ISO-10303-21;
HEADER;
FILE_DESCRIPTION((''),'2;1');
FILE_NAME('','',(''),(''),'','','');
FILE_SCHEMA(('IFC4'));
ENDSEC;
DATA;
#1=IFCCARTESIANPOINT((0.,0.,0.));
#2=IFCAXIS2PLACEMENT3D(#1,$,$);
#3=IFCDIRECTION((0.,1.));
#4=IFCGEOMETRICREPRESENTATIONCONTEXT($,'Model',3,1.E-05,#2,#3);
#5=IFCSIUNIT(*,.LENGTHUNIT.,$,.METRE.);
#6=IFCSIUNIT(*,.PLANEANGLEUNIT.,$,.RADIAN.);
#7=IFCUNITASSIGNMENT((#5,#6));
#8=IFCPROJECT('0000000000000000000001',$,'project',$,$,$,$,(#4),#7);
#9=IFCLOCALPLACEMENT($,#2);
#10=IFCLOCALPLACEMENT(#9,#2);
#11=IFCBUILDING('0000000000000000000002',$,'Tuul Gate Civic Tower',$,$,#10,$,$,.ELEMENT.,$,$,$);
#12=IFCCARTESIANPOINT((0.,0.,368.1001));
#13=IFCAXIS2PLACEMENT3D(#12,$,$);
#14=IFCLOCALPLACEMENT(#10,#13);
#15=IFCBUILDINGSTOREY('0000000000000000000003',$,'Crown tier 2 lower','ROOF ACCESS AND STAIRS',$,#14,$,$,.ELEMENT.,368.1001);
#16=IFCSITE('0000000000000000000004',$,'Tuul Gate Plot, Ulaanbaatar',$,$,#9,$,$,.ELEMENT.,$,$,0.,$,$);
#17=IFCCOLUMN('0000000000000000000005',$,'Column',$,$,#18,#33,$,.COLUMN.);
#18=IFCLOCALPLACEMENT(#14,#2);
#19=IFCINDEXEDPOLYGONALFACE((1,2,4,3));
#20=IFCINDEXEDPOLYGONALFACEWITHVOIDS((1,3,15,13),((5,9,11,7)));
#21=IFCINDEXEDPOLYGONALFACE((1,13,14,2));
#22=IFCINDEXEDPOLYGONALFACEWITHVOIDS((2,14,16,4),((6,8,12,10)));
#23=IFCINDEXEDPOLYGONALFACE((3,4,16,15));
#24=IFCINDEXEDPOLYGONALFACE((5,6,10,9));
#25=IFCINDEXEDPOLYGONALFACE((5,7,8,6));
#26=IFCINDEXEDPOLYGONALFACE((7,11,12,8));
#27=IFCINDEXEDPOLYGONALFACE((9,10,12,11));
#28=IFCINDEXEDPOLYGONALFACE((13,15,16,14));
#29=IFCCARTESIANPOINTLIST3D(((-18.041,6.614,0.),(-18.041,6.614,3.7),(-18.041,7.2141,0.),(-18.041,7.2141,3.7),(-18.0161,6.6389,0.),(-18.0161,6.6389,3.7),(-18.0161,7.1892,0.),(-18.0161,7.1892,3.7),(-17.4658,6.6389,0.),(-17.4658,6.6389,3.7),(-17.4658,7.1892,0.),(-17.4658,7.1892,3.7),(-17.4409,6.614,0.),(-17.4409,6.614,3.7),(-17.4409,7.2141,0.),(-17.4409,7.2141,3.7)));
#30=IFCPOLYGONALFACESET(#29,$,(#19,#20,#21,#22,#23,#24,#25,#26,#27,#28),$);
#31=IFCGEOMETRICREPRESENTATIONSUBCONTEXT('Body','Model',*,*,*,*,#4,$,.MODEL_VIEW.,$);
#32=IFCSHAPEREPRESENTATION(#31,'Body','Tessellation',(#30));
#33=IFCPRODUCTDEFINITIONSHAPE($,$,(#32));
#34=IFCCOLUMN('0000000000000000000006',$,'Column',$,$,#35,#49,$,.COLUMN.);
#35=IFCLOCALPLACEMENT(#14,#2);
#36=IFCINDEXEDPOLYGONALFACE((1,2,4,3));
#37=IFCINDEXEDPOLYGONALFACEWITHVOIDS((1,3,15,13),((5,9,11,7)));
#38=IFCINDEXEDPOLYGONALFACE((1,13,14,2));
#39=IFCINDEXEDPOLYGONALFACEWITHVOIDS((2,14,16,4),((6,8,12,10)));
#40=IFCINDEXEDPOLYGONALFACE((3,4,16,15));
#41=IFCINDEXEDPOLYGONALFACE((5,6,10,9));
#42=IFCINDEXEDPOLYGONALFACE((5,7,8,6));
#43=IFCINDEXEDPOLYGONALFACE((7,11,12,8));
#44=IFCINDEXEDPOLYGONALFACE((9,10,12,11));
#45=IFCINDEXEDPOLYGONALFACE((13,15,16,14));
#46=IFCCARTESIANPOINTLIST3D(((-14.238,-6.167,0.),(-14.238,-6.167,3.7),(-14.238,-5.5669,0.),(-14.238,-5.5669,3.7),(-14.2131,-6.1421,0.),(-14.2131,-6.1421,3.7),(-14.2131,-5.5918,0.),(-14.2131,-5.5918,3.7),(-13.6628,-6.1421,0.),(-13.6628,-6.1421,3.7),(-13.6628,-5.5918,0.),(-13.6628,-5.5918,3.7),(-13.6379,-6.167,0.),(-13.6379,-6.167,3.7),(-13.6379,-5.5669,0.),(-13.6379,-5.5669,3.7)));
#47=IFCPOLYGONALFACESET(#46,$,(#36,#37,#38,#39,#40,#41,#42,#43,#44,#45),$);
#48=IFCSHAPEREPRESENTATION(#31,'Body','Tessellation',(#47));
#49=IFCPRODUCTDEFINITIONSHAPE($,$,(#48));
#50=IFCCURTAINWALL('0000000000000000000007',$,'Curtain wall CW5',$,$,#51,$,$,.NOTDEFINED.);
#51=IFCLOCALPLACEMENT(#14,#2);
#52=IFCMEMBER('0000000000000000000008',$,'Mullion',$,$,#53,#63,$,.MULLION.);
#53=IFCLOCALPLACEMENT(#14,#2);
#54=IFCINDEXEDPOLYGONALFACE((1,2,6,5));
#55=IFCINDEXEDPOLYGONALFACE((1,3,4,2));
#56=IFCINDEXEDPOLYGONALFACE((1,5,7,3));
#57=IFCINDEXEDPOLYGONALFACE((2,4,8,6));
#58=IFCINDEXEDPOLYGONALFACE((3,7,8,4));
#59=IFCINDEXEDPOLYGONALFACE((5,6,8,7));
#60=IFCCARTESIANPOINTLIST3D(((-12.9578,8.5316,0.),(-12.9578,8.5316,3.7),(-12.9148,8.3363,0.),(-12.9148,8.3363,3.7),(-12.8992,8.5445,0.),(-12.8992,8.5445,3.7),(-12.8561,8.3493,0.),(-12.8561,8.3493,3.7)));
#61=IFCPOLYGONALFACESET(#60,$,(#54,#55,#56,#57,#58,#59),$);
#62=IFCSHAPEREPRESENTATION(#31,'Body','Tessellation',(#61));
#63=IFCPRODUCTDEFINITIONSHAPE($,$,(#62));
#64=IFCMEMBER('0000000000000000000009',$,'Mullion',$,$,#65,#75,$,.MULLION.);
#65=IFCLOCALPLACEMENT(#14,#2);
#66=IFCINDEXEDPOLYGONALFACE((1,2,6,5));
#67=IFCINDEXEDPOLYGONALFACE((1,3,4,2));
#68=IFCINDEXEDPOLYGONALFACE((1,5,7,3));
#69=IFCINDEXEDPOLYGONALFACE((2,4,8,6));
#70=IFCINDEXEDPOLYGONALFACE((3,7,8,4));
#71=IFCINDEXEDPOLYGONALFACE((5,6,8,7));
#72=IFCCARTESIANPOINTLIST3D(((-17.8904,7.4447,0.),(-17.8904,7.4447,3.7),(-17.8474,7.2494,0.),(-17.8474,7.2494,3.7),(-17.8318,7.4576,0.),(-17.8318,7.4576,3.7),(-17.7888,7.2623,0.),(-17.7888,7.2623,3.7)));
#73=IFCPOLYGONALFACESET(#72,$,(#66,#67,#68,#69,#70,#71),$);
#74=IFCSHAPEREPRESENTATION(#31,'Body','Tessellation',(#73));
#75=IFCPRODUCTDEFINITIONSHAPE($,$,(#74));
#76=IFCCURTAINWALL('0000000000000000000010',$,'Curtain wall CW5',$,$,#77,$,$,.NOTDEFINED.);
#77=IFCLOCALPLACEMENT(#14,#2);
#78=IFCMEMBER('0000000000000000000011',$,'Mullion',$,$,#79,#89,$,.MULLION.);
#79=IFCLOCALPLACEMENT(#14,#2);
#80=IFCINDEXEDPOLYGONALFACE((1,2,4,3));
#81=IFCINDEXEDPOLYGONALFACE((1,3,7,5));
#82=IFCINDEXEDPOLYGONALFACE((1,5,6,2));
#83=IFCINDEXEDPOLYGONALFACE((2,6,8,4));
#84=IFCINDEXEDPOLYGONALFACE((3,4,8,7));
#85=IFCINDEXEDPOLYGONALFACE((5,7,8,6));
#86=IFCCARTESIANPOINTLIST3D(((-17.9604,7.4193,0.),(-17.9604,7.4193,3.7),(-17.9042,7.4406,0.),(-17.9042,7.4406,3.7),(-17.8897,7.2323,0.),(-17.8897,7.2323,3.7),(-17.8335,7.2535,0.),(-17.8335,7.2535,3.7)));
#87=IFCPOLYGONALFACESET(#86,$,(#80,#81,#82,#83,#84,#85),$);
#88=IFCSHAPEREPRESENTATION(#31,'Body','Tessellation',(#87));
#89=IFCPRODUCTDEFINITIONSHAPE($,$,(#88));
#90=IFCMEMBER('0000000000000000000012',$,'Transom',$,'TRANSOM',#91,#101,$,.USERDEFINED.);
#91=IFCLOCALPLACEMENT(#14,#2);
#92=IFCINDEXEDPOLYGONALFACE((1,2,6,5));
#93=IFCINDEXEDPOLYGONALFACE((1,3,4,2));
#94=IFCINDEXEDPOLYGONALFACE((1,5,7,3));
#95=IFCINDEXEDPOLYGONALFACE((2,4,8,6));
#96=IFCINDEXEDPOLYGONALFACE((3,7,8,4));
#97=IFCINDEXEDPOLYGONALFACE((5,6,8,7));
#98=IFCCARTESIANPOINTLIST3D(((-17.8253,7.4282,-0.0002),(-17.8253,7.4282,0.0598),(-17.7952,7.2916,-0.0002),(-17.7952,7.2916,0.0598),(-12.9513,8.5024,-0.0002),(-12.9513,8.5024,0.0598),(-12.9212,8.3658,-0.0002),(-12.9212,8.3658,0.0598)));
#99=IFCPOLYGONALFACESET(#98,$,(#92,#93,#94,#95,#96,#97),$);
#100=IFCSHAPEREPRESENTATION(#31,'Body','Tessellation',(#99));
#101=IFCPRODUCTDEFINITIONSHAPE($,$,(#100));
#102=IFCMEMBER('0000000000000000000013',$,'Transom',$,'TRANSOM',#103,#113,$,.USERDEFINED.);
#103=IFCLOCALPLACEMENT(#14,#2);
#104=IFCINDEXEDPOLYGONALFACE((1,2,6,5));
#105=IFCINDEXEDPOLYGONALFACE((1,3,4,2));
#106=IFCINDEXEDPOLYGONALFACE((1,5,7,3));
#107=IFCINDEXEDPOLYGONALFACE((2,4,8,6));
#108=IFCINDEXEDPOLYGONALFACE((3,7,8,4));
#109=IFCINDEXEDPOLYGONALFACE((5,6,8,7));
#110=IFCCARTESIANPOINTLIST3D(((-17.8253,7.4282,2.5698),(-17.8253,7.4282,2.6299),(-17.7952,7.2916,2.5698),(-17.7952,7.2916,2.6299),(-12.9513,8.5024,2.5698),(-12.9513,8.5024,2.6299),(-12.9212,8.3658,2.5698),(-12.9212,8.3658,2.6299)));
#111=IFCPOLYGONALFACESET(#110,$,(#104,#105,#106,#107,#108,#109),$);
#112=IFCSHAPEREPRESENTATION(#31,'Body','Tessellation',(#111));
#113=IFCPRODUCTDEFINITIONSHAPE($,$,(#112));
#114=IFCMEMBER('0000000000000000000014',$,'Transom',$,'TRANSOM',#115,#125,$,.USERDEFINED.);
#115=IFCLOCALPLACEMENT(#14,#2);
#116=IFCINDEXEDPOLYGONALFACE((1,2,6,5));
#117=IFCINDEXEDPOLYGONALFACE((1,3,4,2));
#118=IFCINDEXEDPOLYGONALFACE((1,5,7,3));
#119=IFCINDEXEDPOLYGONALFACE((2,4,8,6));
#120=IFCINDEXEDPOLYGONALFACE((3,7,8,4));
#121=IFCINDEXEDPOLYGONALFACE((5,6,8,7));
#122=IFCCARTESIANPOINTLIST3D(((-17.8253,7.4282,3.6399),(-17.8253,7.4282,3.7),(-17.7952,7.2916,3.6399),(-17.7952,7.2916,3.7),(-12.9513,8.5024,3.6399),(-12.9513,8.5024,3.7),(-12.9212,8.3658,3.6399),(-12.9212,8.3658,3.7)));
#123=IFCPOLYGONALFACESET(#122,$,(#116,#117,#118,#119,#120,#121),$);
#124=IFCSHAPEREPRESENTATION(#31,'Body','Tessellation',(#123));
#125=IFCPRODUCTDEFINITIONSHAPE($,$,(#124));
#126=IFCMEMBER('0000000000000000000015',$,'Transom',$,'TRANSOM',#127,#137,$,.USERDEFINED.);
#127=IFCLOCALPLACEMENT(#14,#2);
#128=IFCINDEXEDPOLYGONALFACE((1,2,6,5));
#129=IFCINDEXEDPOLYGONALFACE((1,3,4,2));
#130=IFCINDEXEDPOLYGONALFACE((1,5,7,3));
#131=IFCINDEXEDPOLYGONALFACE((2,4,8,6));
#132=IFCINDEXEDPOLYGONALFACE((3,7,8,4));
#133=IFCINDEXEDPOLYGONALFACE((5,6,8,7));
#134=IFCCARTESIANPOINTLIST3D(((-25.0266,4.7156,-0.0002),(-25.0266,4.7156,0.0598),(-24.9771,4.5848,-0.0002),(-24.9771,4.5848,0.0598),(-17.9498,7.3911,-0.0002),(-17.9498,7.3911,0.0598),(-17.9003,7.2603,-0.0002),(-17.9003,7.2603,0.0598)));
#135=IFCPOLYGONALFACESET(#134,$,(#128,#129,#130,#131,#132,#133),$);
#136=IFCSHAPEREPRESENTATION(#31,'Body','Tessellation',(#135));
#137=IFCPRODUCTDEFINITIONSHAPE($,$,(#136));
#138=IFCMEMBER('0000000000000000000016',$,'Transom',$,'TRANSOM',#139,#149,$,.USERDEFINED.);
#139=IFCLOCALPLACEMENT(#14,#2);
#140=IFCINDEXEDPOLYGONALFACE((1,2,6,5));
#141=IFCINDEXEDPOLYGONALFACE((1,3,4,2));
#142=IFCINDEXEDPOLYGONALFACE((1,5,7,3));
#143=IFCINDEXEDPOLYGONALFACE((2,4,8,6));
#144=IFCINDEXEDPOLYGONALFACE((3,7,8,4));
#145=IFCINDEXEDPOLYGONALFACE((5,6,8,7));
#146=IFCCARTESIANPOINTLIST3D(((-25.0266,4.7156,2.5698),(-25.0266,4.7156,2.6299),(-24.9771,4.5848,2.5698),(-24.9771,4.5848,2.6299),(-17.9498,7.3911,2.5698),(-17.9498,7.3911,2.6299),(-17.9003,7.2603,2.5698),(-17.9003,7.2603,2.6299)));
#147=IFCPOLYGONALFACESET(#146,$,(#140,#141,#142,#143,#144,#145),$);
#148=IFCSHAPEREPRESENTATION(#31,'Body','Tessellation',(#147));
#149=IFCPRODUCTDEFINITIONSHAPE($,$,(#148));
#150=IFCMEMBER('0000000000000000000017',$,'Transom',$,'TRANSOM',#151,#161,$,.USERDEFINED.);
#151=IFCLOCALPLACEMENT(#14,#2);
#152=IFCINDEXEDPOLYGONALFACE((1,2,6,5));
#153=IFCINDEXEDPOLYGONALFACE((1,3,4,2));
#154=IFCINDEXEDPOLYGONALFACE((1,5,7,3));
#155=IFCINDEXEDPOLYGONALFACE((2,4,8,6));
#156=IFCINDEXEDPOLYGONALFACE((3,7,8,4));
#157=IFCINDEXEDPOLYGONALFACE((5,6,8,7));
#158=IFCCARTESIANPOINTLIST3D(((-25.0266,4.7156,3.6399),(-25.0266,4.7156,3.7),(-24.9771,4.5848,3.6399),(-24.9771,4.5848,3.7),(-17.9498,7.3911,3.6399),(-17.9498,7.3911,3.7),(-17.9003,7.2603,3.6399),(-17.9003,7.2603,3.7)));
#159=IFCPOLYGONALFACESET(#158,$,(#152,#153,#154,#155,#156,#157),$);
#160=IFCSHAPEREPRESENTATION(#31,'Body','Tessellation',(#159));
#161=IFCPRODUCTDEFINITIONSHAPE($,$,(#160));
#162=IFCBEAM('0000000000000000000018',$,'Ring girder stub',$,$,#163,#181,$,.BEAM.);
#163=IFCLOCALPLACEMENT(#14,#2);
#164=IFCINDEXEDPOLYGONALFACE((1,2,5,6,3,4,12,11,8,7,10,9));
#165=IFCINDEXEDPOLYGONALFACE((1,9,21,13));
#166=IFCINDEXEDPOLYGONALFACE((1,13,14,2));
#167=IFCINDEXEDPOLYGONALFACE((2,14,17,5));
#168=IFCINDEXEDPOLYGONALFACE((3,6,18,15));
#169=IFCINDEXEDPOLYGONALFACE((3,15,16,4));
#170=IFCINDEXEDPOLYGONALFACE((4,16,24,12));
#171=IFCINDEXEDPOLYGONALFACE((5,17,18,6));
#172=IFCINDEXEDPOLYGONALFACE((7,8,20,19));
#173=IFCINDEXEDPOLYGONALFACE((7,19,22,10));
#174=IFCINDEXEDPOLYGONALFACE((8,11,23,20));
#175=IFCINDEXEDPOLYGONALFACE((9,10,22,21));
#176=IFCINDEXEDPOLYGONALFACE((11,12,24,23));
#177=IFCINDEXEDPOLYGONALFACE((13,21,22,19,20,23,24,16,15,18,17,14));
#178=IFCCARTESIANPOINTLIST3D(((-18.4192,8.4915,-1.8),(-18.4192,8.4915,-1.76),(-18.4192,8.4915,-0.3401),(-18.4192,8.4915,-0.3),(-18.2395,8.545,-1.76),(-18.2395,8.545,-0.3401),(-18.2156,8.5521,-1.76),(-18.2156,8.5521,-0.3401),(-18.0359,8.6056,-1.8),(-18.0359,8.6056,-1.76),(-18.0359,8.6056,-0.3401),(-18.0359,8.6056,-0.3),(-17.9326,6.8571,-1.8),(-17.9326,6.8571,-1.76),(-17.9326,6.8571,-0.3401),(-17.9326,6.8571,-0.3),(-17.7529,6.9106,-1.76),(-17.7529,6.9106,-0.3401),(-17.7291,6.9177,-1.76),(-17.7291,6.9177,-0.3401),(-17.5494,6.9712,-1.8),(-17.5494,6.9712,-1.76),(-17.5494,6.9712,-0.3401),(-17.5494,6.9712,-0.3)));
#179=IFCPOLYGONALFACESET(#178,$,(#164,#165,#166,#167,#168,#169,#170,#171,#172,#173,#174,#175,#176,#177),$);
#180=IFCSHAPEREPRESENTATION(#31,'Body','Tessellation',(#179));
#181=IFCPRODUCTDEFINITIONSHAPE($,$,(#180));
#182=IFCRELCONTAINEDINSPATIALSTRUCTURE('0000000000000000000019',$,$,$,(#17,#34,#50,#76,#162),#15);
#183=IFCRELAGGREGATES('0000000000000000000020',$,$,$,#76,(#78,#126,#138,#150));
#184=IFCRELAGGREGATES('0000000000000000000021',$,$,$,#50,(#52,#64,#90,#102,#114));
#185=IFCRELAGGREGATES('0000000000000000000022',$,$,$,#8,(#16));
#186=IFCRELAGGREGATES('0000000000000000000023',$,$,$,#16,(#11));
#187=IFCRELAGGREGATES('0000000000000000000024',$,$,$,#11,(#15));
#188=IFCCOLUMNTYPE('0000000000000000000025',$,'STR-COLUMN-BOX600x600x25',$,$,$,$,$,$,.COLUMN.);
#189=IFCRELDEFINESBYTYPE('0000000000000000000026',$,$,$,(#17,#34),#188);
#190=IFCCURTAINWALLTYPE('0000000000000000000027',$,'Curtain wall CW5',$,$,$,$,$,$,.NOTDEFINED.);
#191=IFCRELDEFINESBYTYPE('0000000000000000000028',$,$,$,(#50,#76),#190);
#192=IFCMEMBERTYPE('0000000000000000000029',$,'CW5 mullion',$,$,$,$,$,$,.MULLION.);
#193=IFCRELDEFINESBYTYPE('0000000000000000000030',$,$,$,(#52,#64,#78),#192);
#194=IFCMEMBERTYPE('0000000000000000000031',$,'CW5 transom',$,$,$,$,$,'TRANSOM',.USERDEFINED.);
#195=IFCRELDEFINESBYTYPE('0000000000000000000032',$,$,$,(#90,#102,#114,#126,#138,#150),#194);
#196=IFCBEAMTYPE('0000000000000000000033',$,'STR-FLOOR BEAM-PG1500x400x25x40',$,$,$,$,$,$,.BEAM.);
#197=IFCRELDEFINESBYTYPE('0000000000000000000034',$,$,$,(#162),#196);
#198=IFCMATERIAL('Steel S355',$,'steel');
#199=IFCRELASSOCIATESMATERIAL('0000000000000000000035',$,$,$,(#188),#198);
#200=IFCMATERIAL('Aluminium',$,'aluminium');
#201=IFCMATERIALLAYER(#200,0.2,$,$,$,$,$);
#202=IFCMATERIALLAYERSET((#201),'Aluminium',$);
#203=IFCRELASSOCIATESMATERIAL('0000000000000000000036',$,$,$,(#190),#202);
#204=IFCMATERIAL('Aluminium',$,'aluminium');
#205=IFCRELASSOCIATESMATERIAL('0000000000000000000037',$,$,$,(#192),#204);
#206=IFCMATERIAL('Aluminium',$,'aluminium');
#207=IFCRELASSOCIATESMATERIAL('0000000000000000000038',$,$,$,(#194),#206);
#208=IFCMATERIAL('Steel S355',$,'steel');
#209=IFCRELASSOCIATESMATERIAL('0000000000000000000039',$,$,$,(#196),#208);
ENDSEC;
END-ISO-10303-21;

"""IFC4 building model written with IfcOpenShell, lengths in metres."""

from ifc_helpers import new_model, si_unit, direction, frame, origin, origin_2d, place, context, subcontext, project, spatial, rectangle, hollow_rectangle, i_section, extrude, material, layer, layer_set, material_profile, profile_set, type_object, element, aggregate, save


model = new_model("IFC4")

# Units and contexts
model_context = context("Model", 3, precision=1e-05, world=origin(), true_north=direction((0.0, 1.0)))
body_context = subcontext(model_context, "Body", "Model", "MODEL_VIEW")
ifc_project = project(units=[si_unit("LENGTHUNIT", "METRE"), si_unit("PLANEANGLEUNIT", "RADIAN")], contexts=[model_context])

# Site, building, storey
site_placement = place(None, origin())
site = spatial("IfcSite", under=ifc_project, at=site_placement, Name="Tuul Gate Plot, Ulaanbaatar", CompositionType="ELEMENT", RefElevation=0.0)
building_placement = place(site_placement, origin())
building = spatial("IfcBuilding", under=site, at=building_placement, Name="Tuul Gate Civic Tower", CompositionType="ELEMENT")
storey_placement = place(building_placement, frame((0.0, 0.0, 368.1001)))
storey = spatial("IfcBuildingStorey", under=building, at=storey_placement, Name="Crown tier 2 lower", Description="ROOF ACCESS AND STAIRS", CompositionType="ELEMENT", Elevation=368.1001)

# Columns
ifc_material_1 = material(Name="Steel S355", Category="steel")
ifc_material_profile_1 = material_profile(ifc_material_1, hollow_rectangle(XDim=0.6001, YDim=0.6001, WallThickness=0.0249, at=origin_2d()), Name="BOX600x600x25")
ifc_profile_set_1 = profile_set([ifc_material_profile_1], Name="Steel S355")
column_type = type_object("IfcColumnType", Name="STR-COLUMN-BOX600x600x25", PredefinedType="COLUMN", material=ifc_profile_set_1)
for number, where, z_axis, x_axis, name in (
    (1, (-17.741, 6.9141, 0.0), (0.0, 0.0, 1.0), (1.0, 0.0, 0.0), "Column"),
    (2, (-13.938, -5.8669, 0.0), (0.0, 0.0, 1.0), (1.0, 0.0, 0.0), "Column"),
):
    element("IfcColumn", number, at=place(storey_placement, frame(where, z_axis=z_axis, x_axis=x_axis)), inside=storey, type_object=column_type, Name=name, PredefinedType="COLUMN", context=body_context, shape_type="SweptSolid", body=[
        extrude(hollow_rectangle(XDim=0.6001, YDim=0.6001, WallThickness=0.0249, at=origin_2d()), origin(), (0.0, 0.0, 1.0), 3.7),
    ])

# Curtain wall, members
ifc_material_2 = material(Name="Aluminium", Category="aluminium")
ifc_layer_1 = layer(ifc_material_2, 0.2)
ifc_layer_set_1 = layer_set([ifc_layer_1], Name="Aluminium")
curtain_wall_type = type_object("IfcCurtainWallType", Name="Curtain wall CW5", PredefinedType="NOTDEFINED", material=ifc_layer_set_1)
curtain_wall_1_placement = place(storey_placement, origin())
curtain_wall_1 = element("IfcCurtainWall", 3, at=curtain_wall_1_placement, inside=storey, type_object=curtain_wall_type, Name="Curtain wall CW5", PredefinedType="NOTDEFINED")
ifc_material_3 = material(Name="Aluminium", Category="aluminium")
ifc_material_profile_2 = material_profile(ifc_material_3, rectangle(XDim=0.2, YDim=0.0601, at=origin_2d()), Name="CW5 mullion")
ifc_profile_set_2 = profile_set([ifc_material_profile_2], Name="Aluminium")
member_type_1 = type_object("IfcMemberType", Name="CW5 mullion", PredefinedType="MULLION", material=ifc_profile_set_2)
member_1_placement = place(storey_placement, frame((-12.907, 8.4404, 0.0), z_axis=(0.0, 0.0, 1.0), x_axis=(0.215211, -0.976568, 0.0)))
member_1 = element("IfcMember", 4, at=member_1_placement, type_object=member_type_1, Name="Mullion", PredefinedType="MULLION", context=body_context, shape_type="SweptSolid", body=[
    extrude(rectangle(XDim=0.2, YDim=0.0601, at=origin_2d()), origin(), (0.0, 0.0, 1.0), 3.7),
])
member_2_placement = place(storey_placement, frame((-17.8396, 7.3535, 0.0), z_axis=(0.0, 0.0, 1.0), x_axis=(0.215211, -0.976568, 0.0)))
member_2 = element("IfcMember", 5, at=member_2_placement, type_object=member_type_1, Name="Mullion", PredefinedType="MULLION", context=body_context, shape_type="SweptSolid", body=[
    extrude(rectangle(XDim=0.2, YDim=0.0601, at=origin_2d()), origin(), (0.0, 0.0, 1.0), 3.7),
])

# Curtain wall, member
curtain_wall_2_placement = place(storey_placement, origin())
curtain_wall_2 = element("IfcCurtainWall", 6, at=curtain_wall_2_placement, inside=storey, type_object=curtain_wall_type, Name="Curtain wall CW5", PredefinedType="NOTDEFINED")
member_3_placement = place(storey_placement, frame((-17.897, 7.3364, 0.0), z_axis=(0.0, 0.0, 1.0), x_axis=(0.353646, -0.935379, 0.0)))
member_3 = element("IfcMember", 7, at=member_3_placement, type_object=member_type_1, Name="Mullion", PredefinedType="MULLION", context=body_context, shape_type="SweptSolid", body=[
    extrude(rectangle(XDim=0.2, YDim=0.0601, at=origin_2d()), origin(), (0.0, 0.0, 1.0), 3.7),
])

# Members
ifc_material_4 = material(Name="Aluminium", Category="aluminium")
ifc_material_profile_3 = material_profile(ifc_material_4, rectangle(XDim=0.1399, YDim=0.0601, at=origin_2d()), Name="CW5 transom")
ifc_profile_set_3 = profile_set([ifc_material_profile_3], Name="Aluminium")
member_type_2 = type_object("IfcMemberType", Name="CW5 transom", ElementType="TRANSOM", PredefinedType="USERDEFINED", material=ifc_profile_set_3)
member_4_placement = place(storey_placement, frame((-12.9363, 8.4341, 0.0298), z_axis=(-0.976563, -0.215231, 0.0), x_axis=(0.215231, -0.976563, 0.0)))
member_4 = element("IfcMember", 8, at=member_4_placement, type_object=member_type_2, Name="Transom", ObjectType="TRANSOM", PredefinedType="USERDEFINED", context=body_context, shape_type="SweptSolid", body=[
    extrude(rectangle(XDim=0.1399, YDim=0.0601, at=origin_2d()), origin(), (0.0, 0.0, 1.0), 4.991),
])
member_5_placement = place(storey_placement, frame((-12.9363, 8.4341, 2.5999), z_axis=(-0.976563, -0.215231, 0.0), x_axis=(0.215231, -0.976563, 0.0)))
member_5 = element("IfcMember", 9, at=member_5_placement, type_object=member_type_2, Name="Transom", ObjectType="TRANSOM", PredefinedType="USERDEFINED", context=body_context, shape_type="SweptSolid", body=[
    extrude(rectangle(XDim=0.1399, YDim=0.0601, at=origin_2d()), origin(), (0.0, 0.0, 1.0), 4.991),
])
member_6_placement = place(storey_placement, frame((-12.9363, 8.4341, 3.6699), z_axis=(-0.976563, -0.215231, 0.0), x_axis=(0.215231, -0.976563, 0.0)))
member_6 = element("IfcMember", 10, at=member_6_placement, type_object=member_type_2, Name="Transom", ObjectType="TRANSOM", PredefinedType="USERDEFINED", context=body_context, shape_type="SweptSolid", body=[
    extrude(rectangle(XDim=0.1399, YDim=0.0601, at=origin_2d()), origin(), (0.0, 0.0, 1.0), 4.991),
])
member_7_placement = place(storey_placement, frame((-17.925, 7.3257, 0.0298), z_axis=(-0.935383, -0.353637, 0.0), x_axis=(0.353637, -0.935383, 0.0)))
member_7 = element("IfcMember", 11, at=member_7_placement, type_object=member_type_2, Name="Transom", ObjectType="TRANSOM", PredefinedType="USERDEFINED", context=body_context, shape_type="SweptSolid", body=[
    extrude(rectangle(XDim=0.1399, YDim=0.0601, at=origin_2d()), origin(), (0.0, 0.0, 1.0), 7.5657),
])
member_8_placement = place(storey_placement, frame((-17.925, 7.3257, 2.5999), z_axis=(-0.935383, -0.353637, 0.0), x_axis=(0.353637, -0.935383, 0.0)))
member_8 = element("IfcMember", 12, at=member_8_placement, type_object=member_type_2, Name="Transom", ObjectType="TRANSOM", PredefinedType="USERDEFINED", context=body_context, shape_type="SweptSolid", body=[
    extrude(rectangle(XDim=0.1399, YDim=0.0601, at=origin_2d()), origin(), (0.0, 0.0, 1.0), 7.5657),
])
member_9_placement = place(storey_placement, frame((-17.925, 7.3257, 3.6699), z_axis=(-0.935383, -0.353637, 0.0), x_axis=(0.353637, -0.935383, 0.0)))
member_9 = element("IfcMember", 13, at=member_9_placement, type_object=member_type_2, Name="Transom", ObjectType="TRANSOM", PredefinedType="USERDEFINED", context=body_context, shape_type="SweptSolid", body=[
    extrude(rectangle(XDim=0.1399, YDim=0.0601, at=origin_2d()), origin(), (0.0, 0.0, 1.0), 7.5657),
])
aggregate(curtain_wall_2, [member_3, member_7, member_8, member_9])

# Beam
ifc_material_5 = material(Name="Steel S355", Category="steel")
ifc_material_profile_4 = material_profile(ifc_material_5, i_section(OverallWidth=0.3999, OverallDepth=1.5, WebThickness=0.0249, FlangeThickness=0.04, at=origin_2d()), Name="PG1500x400x25x40")
ifc_profile_set_4 = profile_set([ifc_material_profile_4], Name="Steel S355")
beam_type_1 = type_object("IfcBeamType", Name="STR-FLOOR BEAM-PG1500x400x25x40", PredefinedType="BEAM", material=ifc_profile_set_4)
beam_1_placement = place(storey_placement, frame((-18.2275, 8.5486, -1.05), z_axis=(0.285312, -0.958435, 0.0), x_axis=(0.958435, 0.285312, 0.0)))
element("IfcBeam", 14, at=beam_1_placement, inside=storey, type_object=beam_type_1, Name="Ring girder stub", PredefinedType="BEAM", context=body_context, shape_type="SweptSolid", body=[
    extrude(i_section(OverallWidth=0.3999, OverallDepth=1.5, WebThickness=0.0249, FlangeThickness=0.04, at=origin_2d()), origin(), (0.0, 0.0, 1.0), 1.7053),
])

aggregate(curtain_wall_1, [member_1, member_2, member_4, member_5, member_6])

save(model, "model.ifc")
